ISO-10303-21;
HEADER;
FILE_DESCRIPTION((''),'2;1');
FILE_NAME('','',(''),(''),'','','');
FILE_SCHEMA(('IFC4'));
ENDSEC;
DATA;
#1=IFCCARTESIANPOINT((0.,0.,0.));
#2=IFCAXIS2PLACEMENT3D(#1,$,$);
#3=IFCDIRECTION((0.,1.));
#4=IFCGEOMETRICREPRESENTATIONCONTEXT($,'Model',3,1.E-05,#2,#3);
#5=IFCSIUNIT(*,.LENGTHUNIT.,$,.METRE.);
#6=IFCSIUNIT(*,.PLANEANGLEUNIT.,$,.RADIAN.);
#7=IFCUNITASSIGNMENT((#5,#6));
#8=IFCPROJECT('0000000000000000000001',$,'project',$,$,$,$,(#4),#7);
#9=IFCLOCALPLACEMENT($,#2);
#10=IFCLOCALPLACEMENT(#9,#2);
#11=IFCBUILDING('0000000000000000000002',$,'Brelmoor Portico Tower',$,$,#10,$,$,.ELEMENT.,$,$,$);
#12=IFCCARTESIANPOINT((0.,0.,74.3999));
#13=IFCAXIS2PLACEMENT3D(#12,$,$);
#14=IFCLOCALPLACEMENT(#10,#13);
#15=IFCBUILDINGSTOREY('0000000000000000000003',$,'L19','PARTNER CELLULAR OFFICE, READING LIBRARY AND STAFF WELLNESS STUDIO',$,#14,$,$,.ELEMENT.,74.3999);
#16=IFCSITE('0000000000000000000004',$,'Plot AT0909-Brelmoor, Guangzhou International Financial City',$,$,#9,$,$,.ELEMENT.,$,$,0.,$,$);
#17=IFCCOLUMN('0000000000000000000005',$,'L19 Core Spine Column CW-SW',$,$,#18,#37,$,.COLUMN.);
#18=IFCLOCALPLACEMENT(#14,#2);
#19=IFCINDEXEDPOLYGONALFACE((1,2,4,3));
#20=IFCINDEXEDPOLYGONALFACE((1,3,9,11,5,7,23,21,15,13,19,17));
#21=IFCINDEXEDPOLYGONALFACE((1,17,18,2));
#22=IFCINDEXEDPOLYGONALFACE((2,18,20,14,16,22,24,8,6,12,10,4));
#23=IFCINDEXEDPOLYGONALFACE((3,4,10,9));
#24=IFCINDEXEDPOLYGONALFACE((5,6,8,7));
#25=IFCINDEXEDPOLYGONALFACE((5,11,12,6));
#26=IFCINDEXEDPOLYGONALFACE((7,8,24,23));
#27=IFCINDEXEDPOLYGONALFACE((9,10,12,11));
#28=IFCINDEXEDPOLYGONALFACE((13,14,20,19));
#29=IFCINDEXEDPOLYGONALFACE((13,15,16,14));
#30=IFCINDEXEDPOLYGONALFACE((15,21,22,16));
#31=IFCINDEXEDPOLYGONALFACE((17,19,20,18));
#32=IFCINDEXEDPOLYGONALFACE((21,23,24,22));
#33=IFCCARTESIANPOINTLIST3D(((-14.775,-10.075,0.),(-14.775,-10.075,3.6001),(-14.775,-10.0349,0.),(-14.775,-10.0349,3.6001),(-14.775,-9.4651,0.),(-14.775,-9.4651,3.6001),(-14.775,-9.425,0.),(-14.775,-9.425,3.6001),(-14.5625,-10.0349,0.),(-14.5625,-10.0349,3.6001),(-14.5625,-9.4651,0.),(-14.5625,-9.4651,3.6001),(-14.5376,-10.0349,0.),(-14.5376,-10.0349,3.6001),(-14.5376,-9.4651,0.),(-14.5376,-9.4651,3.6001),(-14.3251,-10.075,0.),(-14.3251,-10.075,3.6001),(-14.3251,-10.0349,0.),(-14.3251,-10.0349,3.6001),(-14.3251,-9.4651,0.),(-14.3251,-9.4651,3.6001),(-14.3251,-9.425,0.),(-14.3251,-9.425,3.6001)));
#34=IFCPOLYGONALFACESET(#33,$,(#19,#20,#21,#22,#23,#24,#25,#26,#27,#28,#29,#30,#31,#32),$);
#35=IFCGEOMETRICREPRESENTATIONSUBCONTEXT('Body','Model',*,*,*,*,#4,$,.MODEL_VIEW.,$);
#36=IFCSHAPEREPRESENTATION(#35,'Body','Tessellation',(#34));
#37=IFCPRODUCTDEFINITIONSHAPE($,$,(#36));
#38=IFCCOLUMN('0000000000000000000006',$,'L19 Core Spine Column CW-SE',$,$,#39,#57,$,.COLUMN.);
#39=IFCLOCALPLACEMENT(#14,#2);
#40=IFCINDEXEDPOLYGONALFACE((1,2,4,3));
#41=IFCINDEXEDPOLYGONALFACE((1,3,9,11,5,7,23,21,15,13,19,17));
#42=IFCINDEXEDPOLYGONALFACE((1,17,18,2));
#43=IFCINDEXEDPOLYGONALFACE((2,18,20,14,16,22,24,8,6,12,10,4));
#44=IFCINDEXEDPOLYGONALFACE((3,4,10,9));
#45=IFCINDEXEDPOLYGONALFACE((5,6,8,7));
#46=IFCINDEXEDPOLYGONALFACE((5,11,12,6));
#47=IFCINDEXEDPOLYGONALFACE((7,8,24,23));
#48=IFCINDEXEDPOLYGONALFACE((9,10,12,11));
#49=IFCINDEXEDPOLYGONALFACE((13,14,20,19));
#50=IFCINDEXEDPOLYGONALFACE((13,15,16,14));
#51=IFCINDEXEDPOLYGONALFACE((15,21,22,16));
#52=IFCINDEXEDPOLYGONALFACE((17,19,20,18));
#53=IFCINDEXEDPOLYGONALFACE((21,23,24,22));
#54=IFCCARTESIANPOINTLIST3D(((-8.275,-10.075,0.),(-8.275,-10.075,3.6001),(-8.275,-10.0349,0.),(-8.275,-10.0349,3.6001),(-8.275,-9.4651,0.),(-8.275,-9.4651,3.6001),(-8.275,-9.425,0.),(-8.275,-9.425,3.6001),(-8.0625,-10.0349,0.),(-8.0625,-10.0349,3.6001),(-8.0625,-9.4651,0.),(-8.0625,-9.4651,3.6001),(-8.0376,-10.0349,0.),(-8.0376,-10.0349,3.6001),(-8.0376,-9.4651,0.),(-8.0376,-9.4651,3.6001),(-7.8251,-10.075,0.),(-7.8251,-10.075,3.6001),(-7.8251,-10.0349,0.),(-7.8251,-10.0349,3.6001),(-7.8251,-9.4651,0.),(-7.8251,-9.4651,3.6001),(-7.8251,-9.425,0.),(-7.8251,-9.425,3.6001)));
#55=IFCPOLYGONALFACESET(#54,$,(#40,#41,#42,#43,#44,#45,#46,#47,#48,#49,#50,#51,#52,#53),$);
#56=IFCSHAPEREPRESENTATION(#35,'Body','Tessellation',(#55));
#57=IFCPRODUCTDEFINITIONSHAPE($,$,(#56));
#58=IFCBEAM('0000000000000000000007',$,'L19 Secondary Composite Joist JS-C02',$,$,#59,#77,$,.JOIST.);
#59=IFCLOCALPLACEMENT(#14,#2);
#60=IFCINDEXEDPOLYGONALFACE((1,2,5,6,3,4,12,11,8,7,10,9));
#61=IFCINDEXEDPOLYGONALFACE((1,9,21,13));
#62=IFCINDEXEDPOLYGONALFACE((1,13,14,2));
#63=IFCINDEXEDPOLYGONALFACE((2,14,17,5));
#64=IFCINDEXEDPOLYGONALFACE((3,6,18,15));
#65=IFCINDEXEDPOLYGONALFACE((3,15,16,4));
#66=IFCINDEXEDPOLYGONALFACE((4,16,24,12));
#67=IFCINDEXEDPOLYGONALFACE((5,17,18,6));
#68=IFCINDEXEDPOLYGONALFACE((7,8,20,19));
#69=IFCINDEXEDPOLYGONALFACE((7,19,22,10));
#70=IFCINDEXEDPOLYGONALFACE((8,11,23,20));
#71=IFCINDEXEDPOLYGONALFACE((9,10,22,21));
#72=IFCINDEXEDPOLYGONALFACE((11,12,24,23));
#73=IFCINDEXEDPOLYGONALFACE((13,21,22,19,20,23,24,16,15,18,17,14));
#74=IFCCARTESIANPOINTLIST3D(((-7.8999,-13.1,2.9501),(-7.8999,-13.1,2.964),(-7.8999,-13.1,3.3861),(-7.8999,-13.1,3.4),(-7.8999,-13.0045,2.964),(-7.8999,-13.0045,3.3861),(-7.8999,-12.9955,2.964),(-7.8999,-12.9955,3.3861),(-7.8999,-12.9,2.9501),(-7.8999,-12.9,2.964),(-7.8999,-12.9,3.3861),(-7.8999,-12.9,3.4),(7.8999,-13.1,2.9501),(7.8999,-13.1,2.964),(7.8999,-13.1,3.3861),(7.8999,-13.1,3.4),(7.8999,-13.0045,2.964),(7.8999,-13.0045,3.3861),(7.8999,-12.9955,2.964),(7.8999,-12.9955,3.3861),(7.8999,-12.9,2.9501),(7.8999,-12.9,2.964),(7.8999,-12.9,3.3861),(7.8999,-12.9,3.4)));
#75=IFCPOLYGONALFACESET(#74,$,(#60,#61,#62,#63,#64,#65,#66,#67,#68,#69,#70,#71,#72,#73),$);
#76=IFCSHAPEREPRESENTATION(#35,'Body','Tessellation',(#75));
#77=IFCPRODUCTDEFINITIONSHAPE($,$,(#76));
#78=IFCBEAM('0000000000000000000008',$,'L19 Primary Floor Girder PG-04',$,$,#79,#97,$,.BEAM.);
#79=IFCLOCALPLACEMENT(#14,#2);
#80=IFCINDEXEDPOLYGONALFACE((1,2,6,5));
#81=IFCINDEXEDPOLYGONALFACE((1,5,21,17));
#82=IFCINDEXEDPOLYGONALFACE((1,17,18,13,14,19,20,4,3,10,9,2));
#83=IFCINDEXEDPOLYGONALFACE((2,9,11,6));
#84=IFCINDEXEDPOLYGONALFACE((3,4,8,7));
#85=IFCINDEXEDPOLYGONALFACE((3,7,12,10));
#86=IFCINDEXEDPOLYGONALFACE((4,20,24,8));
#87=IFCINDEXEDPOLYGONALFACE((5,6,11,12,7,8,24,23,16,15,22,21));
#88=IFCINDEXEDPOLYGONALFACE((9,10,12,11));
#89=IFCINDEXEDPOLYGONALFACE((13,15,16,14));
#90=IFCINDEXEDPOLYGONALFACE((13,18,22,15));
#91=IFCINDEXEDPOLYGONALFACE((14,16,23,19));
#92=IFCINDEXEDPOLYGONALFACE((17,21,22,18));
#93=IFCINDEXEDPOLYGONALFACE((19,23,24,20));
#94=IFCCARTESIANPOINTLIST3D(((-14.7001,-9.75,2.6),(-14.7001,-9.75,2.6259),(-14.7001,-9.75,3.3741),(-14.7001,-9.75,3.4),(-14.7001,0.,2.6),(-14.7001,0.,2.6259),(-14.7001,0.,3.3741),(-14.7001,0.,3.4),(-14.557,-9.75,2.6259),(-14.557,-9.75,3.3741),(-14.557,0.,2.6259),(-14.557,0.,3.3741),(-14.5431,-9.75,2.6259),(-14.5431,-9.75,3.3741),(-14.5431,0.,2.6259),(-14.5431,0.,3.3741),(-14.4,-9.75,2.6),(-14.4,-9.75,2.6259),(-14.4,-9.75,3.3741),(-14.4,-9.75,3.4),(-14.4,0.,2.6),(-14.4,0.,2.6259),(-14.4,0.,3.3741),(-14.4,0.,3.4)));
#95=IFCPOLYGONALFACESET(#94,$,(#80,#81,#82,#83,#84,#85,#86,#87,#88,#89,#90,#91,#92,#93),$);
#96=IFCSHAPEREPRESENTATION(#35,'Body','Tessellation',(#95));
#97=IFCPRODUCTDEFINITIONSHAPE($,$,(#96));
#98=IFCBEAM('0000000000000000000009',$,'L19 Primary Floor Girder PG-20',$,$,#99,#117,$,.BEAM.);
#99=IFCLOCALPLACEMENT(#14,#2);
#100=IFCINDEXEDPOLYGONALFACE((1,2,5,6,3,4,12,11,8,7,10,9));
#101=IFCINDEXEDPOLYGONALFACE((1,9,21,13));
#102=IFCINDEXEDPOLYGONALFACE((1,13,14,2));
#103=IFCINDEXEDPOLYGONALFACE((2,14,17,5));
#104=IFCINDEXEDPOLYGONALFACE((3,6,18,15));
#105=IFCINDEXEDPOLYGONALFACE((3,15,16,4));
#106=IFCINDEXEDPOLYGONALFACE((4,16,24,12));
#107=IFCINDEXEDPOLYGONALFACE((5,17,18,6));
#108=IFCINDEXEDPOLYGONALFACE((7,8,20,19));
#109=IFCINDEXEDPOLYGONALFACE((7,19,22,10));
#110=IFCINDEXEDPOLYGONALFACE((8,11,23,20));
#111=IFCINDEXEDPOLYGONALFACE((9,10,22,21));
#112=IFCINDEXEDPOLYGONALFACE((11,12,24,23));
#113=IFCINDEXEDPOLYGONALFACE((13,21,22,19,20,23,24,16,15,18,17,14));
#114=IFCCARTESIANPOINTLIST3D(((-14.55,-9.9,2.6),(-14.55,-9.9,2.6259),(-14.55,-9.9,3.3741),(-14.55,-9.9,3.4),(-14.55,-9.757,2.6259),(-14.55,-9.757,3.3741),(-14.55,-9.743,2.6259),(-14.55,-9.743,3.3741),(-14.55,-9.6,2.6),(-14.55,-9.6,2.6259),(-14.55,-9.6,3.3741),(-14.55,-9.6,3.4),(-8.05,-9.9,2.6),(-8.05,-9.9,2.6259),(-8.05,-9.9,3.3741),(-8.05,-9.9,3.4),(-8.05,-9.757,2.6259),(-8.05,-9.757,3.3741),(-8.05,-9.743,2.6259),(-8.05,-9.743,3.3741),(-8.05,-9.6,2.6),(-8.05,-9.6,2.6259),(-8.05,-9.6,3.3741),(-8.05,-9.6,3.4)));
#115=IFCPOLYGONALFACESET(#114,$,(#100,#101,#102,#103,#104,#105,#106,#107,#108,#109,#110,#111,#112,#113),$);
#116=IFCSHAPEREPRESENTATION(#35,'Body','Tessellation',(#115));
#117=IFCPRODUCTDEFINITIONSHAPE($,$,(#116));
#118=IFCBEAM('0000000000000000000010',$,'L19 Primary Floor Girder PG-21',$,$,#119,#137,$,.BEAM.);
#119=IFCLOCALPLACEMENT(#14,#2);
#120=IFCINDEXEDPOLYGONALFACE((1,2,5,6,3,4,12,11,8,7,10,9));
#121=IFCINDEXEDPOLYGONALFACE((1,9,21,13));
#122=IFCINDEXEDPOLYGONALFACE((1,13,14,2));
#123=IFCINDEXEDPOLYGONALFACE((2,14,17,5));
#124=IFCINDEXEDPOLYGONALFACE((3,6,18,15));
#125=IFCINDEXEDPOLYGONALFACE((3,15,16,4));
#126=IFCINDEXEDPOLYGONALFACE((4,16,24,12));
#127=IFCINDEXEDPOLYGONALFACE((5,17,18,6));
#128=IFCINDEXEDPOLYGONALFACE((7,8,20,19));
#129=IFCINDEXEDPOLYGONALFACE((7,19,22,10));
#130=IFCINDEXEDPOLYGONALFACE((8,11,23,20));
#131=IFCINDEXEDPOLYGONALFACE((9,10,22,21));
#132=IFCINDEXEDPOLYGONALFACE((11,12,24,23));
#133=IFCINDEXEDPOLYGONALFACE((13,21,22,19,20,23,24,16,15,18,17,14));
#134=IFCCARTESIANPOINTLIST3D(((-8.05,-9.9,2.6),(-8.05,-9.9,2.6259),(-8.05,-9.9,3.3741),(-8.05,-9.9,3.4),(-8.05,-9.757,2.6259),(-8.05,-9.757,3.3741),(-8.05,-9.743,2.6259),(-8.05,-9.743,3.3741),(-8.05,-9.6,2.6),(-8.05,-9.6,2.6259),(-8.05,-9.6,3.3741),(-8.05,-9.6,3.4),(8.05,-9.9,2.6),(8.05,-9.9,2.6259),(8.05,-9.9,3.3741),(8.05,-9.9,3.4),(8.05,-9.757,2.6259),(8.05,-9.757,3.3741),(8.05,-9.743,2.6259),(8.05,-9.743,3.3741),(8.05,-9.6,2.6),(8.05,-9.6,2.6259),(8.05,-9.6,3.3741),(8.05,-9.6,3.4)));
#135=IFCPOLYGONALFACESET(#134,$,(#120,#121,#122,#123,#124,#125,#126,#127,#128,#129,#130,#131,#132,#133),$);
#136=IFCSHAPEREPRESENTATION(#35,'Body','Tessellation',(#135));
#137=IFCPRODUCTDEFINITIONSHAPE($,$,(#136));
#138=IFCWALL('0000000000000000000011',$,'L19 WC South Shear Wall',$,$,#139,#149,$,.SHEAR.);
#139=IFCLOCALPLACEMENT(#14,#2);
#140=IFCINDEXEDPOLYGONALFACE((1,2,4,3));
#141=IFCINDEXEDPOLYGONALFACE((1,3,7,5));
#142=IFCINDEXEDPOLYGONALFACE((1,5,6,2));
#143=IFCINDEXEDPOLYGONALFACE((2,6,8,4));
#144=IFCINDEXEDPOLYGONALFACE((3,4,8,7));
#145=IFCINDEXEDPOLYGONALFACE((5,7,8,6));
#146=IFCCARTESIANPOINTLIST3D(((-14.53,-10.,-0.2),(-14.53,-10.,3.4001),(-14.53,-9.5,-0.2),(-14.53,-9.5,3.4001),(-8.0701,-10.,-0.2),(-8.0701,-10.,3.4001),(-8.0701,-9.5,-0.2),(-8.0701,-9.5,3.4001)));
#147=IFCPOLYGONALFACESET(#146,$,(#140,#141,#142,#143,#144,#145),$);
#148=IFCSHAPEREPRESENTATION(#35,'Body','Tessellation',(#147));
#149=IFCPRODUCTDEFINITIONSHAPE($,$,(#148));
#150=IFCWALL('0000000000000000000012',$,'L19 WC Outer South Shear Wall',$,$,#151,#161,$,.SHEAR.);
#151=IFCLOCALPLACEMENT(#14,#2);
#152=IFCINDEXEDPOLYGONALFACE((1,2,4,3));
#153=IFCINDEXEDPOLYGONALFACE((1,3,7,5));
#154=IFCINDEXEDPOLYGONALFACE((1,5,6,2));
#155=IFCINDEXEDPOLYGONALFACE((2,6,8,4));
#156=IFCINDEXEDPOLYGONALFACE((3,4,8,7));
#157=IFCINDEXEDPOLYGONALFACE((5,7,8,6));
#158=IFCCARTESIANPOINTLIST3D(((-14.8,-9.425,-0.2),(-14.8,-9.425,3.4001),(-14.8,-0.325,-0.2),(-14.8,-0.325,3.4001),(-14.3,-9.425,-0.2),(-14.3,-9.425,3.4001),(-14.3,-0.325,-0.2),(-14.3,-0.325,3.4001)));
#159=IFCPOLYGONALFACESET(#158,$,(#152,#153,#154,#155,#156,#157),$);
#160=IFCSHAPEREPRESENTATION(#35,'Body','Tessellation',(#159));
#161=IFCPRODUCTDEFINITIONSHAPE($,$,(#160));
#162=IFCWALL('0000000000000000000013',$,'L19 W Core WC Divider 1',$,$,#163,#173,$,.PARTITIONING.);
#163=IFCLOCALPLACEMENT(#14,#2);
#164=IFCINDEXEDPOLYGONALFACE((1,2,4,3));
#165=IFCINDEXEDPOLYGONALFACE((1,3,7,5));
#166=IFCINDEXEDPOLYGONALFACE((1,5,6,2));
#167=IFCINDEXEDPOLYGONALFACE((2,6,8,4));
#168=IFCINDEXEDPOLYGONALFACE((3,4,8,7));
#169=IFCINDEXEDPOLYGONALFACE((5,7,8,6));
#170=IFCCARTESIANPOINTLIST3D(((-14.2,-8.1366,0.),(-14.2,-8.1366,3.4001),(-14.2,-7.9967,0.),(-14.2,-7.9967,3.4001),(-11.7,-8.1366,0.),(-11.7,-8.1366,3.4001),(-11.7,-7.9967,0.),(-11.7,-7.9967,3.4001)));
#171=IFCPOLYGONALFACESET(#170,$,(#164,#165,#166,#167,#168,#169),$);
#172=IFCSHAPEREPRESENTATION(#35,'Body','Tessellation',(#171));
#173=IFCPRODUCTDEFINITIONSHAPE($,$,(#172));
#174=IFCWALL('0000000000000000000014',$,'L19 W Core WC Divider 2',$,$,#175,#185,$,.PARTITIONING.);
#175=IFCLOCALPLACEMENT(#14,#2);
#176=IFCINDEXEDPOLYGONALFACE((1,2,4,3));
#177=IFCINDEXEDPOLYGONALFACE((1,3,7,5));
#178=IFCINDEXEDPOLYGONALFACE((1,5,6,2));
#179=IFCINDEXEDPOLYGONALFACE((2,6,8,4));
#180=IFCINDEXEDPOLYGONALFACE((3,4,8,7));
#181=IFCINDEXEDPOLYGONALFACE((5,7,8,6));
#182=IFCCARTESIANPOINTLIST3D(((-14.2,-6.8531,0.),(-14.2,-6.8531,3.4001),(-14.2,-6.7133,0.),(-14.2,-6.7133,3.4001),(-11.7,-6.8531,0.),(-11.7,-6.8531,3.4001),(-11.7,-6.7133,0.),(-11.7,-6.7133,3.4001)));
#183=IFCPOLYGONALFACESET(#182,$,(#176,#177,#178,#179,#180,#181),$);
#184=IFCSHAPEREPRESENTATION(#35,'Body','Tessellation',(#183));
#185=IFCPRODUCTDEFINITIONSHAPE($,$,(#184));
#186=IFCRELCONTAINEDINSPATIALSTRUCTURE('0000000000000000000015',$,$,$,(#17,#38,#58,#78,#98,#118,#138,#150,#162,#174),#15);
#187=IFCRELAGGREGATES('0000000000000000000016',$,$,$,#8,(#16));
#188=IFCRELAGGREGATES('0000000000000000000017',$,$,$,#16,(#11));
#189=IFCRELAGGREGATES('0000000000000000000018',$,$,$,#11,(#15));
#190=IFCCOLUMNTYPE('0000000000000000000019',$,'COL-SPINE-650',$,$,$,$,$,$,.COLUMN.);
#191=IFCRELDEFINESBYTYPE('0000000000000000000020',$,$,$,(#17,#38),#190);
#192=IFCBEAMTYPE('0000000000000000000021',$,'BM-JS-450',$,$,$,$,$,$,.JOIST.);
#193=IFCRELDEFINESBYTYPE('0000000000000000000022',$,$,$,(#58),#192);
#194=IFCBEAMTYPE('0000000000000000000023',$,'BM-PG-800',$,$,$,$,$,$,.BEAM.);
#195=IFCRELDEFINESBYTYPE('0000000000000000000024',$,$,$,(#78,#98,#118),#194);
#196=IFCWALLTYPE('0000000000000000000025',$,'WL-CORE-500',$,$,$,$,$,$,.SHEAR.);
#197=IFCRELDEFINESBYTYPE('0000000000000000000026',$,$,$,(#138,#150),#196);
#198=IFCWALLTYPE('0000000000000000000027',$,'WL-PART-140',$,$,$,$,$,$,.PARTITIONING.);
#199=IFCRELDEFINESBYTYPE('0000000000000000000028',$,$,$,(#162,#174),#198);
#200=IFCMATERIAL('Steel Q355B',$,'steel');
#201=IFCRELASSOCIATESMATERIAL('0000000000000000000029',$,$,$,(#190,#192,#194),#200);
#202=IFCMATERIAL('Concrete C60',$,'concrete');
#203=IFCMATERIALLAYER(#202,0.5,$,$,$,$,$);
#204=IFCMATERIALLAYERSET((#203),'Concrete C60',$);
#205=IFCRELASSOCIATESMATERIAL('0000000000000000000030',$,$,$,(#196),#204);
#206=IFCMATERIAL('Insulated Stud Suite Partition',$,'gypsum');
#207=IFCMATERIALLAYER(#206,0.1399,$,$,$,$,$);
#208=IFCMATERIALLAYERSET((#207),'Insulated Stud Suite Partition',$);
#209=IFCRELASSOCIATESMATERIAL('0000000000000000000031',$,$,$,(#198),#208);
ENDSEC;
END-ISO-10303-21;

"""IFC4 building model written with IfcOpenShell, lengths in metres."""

from ifc_helpers import new_model, si_unit, direction, frame, frame_2d, origin, origin_2d, place, context, subcontext, project, spatial, rectangle, i_section, extrude, material, layer, layer_set, material_profile, profile_set, type_object, element, save


model = new_model("IFC4")

# Units and contexts
model_context = context("Model", 3, precision=1e-05, world=origin(), true_north=direction((0.0, 1.0)))
body_context = subcontext(model_context, "Body", "Model", "MODEL_VIEW")
ifc_project = project(units=[si_unit("LENGTHUNIT", "METRE"), si_unit("PLANEANGLEUNIT", "RADIAN")], contexts=[model_context])

# Site, building, storey
site_placement = place(None, origin())
site = spatial("IfcSite", under=ifc_project, at=site_placement, Name="Plot AT0909-Brelmoor, Guangzhou International Financial City", CompositionType="ELEMENT", RefElevation=0.0)
building_placement = place(site_placement, origin())
building = spatial("IfcBuilding", under=site, at=building_placement, Name="Brelmoor Portico Tower", CompositionType="ELEMENT")
storey_placement = place(building_placement, frame((0.0, 0.0, 74.3999)))
storey = spatial("IfcBuildingStorey", under=building, at=storey_placement, Name="L19", Description="PARTNER CELLULAR OFFICE, READING LIBRARY AND STAFF WELLNESS STUDIO", CompositionType="ELEMENT", Elevation=74.3999)

# Columns
ifc_material_1 = material(Name="Steel Q355B", Category="steel")
ifc_material_profile_1 = material_profile(ifc_material_1, i_section(OverallWidth=0.45, OverallDepth=0.6499, WebThickness=0.0249, FlangeThickness=0.04, at=origin_2d()), Name="HW 650x450x25x40")
ifc_profile_set_1 = profile_set([ifc_material_profile_1], Name="Steel Q355B")
column_type = type_object("IfcColumnType", Name="COL-SPINE-650", PredefinedType="COLUMN", material=ifc_profile_set_1)
for number, where, z_axis, x_axis, name in (
    (1, (-14.55, -9.75, 0.0), (0.0, 0.0, 1.0), (1.0, 0.0, 0.0), "L19 Core Spine Column CW-SW"),
    (2, (-8.05, -9.75, 0.0), (0.0, 0.0, 1.0), (1.0, 0.0, 0.0), "L19 Core Spine Column CW-SE"),
):
    element("IfcColumn", number, at=place(storey_placement, frame(where, z_axis=z_axis, x_axis=x_axis)), inside=storey, type_object=column_type, Name=name, PredefinedType="COLUMN", context=body_context, shape_type="SweptSolid", body=[
        extrude(i_section(OverallWidth=0.45, OverallDepth=0.6499, WebThickness=0.0249, FlangeThickness=0.04, at=origin_2d()), origin(), (0.0, 0.0, 1.0), 3.6001),
    ])

# Beams
ifc_material_profile_2 = material_profile(ifc_material_1, i_section(OverallWidth=0.2, OverallDepth=0.45, WebThickness=0.009, FlangeThickness=0.0139, at=origin_2d()), Name="HN 450x200x9x14")
ifc_profile_set_2 = profile_set([ifc_material_profile_2], Name="Steel Q355B")
beam_type_1 = type_object("IfcBeamType", Name="BM-JS-450", PredefinedType="JOIST", material=ifc_profile_set_2)
beam_1_placement = place(storey_placement, frame((-7.8999, -13.0, 3.175), z_axis=(1.0, 0.0, 0.0), x_axis=(0.0, 1.0, 0.0)))
element("IfcBeam", 3, at=beam_1_placement, inside=storey, type_object=beam_type_1, Name="L19 Secondary Composite Joist JS-C02", PredefinedType="JOIST", context=body_context, shape_type="SweptSolid", body=[
    extrude(i_section(OverallWidth=0.2, OverallDepth=0.45, WebThickness=0.009, FlangeThickness=0.0139, at=origin_2d()), origin(), (0.0, 0.0, 1.0), 15.7998),
])
ifc_material_profile_3 = material_profile(ifc_material_1, i_section(OverallWidth=0.3, OverallDepth=0.8, WebThickness=0.0139, FlangeThickness=0.0259, at=origin_2d()), Name="HN 800x300x14x26")
ifc_profile_set_3 = profile_set([ifc_material_profile_3], Name="Steel Q355B")
beam_type_2 = type_object("IfcBeamType", Name="BM-PG-800", PredefinedType="BEAM", material=ifc_profile_set_3)
beam_2_placement = place(storey_placement, frame((-14.55, -9.75, 3.0), z_axis=(0.0, 1.0, 0.0), x_axis=(-1.0, 0.0, 0.0)))
element("IfcBeam", 4, at=beam_2_placement, inside=storey, type_object=beam_type_2, Name="L19 Primary Floor Girder PG-04", PredefinedType="BEAM", context=body_context, shape_type="SweptSolid", body=[
    extrude(i_section(OverallWidth=0.3, OverallDepth=0.8, WebThickness=0.0139, FlangeThickness=0.0259, at=origin_2d()), origin(), (0.0, 0.0, 1.0), 9.75),
])
beam_3_placement = place(storey_placement, frame((-14.55, -9.75, 3.0), z_axis=(1.0, 0.0, 0.0), x_axis=(0.0, 1.0, 0.0)))
element("IfcBeam", 5, at=beam_3_placement, inside=storey, type_object=beam_type_2, Name="L19 Primary Floor Girder PG-20", PredefinedType="BEAM", context=body_context, shape_type="SweptSolid", body=[
    extrude(i_section(OverallWidth=0.3, OverallDepth=0.8, WebThickness=0.0139, FlangeThickness=0.0259, at=origin_2d()), origin(), (0.0, 0.0, 1.0), 6.5),
])
beam_4_placement = place(storey_placement, frame((-8.05, -9.75, 3.0), z_axis=(1.0, 0.0, 0.0), x_axis=(0.0, 1.0, 0.0)))
element("IfcBeam", 6, at=beam_4_placement, inside=storey, type_object=beam_type_2, Name="L19 Primary Floor Girder PG-21", PredefinedType="BEAM", context=body_context, shape_type="SweptSolid", body=[
    extrude(i_section(OverallWidth=0.3, OverallDepth=0.8, WebThickness=0.0139, FlangeThickness=0.0259, at=origin_2d()), origin(), (0.0, 0.0, 1.0), 16.1001),
])

# Walls
ifc_material_2 = material(Name="Concrete C60", Category="concrete")
ifc_layer_1 = layer(ifc_material_2, 0.5)
ifc_layer_set_1 = layer_set([ifc_layer_1], Name="Concrete C60")
wall_type_1 = type_object("IfcWallType", Name="WL-CORE-500", PredefinedType="SHEAR", material=ifc_layer_set_1)
wall_1_placement = place(storey_placement, frame((-14.53, -9.75, -0.2), z_axis=(0.0, 0.0, 1.0), x_axis=(1.0, 0.0, 0.0)))
element("IfcWall", 7, at=wall_1_placement, inside=storey, type_object=wall_type_1, Name="L19 WC South Shear Wall", PredefinedType="SHEAR", context=body_context, shape_type="SweptSolid", body=[
    extrude(rectangle(XDim=6.46, YDim=0.5, at=frame_2d((3.23, 0.0))), origin(), (0.0, 0.0, 1.0), 3.6001),
])
wall_2_placement = place(storey_placement, frame((-14.55, -9.425, -0.2), z_axis=(0.0, 0.0, 1.0), x_axis=(0.0, 1.0, 0.0)))
element("IfcWall", 8, at=wall_2_placement, inside=storey, type_object=wall_type_1, Name="L19 WC Outer South Shear Wall", PredefinedType="SHEAR", context=body_context, shape_type="SweptSolid", body=[
    extrude(rectangle(XDim=9.1001, YDim=0.5, at=frame_2d((4.55, 0.0))), origin(), (0.0, 0.0, 1.0), 3.6001),
])
ifc_material_3 = material(Name="Insulated Stud Suite Partition", Category="gypsum")
ifc_layer_2 = layer(ifc_material_3, 0.1399)
ifc_layer_set_2 = layer_set([ifc_layer_2], Name="Insulated Stud Suite Partition")
wall_type_2 = type_object("IfcWallType", Name="WL-PART-140", PredefinedType="PARTITIONING", material=ifc_layer_set_2)
for number, where, z_axis, x_axis, name in (
    (9, (-11.7, -8.0667, 0.0), (0.0, 0.0, 1.0), (-1.0, 0.0, 0.0), "L19 W Core WC Divider 1"),
    (10, (-11.7, -6.7832, 0.0), (0.0, 0.0, 1.0), (-1.0, 0.0, 0.0), "L19 W Core WC Divider 2"),
):
    element("IfcWall", number, at=place(storey_placement, frame(where, z_axis=z_axis, x_axis=x_axis)), inside=storey, type_object=wall_type_2, Name=name, PredefinedType="PARTITIONING", context=body_context, shape_type="SweptSolid", body=[
        extrude(rectangle(XDim=2.5, YDim=0.1399, at=frame_2d((1.25, 0.0))), origin(), (0.0, 0.0, 1.0), 3.4001),
    ])

save(model, "model.ifc")
